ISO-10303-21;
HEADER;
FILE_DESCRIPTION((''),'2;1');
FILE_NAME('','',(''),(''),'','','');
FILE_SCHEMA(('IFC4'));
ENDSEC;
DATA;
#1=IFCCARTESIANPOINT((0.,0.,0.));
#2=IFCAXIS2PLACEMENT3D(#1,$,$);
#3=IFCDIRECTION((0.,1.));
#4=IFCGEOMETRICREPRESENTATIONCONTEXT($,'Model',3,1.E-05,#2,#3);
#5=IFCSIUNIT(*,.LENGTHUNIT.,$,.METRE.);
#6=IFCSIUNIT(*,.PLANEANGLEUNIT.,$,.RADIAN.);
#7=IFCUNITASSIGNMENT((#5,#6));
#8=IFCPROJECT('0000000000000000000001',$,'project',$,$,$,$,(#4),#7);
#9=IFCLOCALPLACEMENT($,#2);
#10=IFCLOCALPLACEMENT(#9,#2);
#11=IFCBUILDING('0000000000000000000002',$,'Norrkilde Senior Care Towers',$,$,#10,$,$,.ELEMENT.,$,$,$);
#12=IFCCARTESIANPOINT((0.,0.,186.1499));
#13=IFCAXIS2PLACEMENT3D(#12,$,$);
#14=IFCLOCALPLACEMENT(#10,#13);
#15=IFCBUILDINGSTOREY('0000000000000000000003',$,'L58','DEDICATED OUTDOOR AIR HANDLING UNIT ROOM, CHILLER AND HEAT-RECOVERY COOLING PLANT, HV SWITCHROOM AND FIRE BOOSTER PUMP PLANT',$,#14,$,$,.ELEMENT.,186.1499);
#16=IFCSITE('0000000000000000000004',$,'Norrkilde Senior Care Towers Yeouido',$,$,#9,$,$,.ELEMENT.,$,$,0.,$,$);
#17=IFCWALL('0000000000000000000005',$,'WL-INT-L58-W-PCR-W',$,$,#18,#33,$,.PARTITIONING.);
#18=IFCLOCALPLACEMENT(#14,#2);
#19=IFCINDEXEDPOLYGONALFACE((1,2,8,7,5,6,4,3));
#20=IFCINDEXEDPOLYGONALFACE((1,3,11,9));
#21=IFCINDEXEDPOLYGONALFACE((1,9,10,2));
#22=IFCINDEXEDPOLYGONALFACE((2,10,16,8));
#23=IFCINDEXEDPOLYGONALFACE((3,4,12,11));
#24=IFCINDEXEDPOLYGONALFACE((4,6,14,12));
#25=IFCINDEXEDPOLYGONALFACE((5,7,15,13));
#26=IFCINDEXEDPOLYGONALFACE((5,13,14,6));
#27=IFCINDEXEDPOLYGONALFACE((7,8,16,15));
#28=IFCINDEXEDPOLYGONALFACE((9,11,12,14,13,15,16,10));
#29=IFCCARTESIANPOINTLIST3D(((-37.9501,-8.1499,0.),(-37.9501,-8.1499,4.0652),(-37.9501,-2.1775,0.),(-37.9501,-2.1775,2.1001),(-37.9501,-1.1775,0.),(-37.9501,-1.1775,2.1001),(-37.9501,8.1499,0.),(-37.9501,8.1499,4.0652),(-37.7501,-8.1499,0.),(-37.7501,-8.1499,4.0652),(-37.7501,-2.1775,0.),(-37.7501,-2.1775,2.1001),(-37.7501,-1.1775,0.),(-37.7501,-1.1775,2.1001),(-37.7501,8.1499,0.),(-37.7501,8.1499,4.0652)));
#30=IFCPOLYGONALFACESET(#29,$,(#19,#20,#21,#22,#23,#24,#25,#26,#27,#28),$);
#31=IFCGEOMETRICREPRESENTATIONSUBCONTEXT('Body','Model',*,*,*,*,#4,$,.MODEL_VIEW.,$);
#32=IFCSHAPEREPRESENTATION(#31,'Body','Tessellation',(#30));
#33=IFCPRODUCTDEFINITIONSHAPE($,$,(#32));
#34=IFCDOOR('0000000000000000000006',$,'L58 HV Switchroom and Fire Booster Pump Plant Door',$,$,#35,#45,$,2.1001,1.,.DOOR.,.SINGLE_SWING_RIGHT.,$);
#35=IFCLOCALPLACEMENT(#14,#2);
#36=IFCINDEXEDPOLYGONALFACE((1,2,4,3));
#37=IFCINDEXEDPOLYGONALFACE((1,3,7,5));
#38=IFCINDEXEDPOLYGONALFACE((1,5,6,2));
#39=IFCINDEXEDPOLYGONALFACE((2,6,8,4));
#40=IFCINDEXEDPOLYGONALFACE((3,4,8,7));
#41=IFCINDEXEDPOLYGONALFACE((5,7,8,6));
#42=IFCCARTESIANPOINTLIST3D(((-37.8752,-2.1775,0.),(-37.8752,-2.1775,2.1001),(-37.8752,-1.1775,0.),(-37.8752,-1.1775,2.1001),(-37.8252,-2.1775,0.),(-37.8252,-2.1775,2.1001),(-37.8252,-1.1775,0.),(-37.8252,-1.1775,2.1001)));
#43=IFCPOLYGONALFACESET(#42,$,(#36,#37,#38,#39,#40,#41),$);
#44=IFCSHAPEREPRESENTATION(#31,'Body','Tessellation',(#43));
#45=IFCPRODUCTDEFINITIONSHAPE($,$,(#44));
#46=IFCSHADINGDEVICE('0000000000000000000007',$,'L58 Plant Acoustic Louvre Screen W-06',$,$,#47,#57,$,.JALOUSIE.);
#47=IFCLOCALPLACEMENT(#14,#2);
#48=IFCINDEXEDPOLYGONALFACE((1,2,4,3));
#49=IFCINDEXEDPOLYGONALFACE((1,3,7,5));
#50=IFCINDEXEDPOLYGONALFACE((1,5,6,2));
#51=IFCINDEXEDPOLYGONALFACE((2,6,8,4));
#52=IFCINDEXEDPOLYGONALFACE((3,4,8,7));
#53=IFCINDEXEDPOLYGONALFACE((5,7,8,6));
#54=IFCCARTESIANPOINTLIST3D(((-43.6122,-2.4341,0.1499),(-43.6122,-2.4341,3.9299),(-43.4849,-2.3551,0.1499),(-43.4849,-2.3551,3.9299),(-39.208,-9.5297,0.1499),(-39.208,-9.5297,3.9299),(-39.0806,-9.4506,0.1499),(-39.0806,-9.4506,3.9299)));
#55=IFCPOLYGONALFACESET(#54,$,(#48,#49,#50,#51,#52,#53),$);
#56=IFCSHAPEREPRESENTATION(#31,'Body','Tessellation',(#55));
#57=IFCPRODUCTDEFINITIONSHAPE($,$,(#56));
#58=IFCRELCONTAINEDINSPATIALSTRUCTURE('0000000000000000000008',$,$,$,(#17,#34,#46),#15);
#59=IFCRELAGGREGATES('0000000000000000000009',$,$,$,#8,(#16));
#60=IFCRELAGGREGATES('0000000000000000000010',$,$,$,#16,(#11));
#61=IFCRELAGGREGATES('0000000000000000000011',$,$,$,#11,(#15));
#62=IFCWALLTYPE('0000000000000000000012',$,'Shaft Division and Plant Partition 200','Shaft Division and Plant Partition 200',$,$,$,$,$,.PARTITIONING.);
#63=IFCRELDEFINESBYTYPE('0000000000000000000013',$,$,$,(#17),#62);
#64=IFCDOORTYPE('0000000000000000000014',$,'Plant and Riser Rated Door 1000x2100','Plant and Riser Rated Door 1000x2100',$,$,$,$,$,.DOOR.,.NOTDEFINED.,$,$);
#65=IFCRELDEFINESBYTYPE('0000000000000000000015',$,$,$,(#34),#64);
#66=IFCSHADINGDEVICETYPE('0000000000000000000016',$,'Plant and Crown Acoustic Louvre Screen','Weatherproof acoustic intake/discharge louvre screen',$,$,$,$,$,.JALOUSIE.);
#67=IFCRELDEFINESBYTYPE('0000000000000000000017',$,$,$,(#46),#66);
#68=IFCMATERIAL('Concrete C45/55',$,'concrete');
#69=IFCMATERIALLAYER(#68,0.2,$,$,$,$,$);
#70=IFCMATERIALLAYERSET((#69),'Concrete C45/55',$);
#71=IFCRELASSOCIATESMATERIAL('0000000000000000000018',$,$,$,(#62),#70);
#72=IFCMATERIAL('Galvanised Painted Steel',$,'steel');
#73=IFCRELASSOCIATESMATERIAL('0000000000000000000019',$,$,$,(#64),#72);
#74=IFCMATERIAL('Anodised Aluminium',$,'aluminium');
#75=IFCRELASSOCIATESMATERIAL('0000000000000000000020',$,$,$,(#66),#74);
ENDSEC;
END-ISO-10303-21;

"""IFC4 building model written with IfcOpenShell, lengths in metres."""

from ifc_helpers import new_model, si_unit, direction, frame, frame_2d, origin, origin_2d, place, context, subcontext, project, spatial, rectangle, extrude, source, transform, mapped, material, layer, layer_set, type_object, type_shapes, element, fill, save


model = new_model("IFC4")

# Units and contexts
model_context = context("Model", 3, precision=1e-05, world=origin(), true_north=direction((0.0, 1.0)))
body_context = subcontext(model_context, "Body", "Model", "MODEL_VIEW")
ifc_project = project(units=[si_unit("LENGTHUNIT", "METRE"), si_unit("PLANEANGLEUNIT", "RADIAN")], contexts=[model_context])

# Site, building, storey
site_placement = place(None, origin())
site = spatial("IfcSite", under=ifc_project, at=site_placement, Name="Norrkilde Senior Care Towers Yeouido", CompositionType="ELEMENT", RefElevation=0.0)
building_placement = place(site_placement, origin())
building = spatial("IfcBuilding", under=site, at=building_placement, Name="Norrkilde Senior Care Towers", CompositionType="ELEMENT")
storey_placement = place(building_placement, frame((0.0, 0.0, 186.1499)))
storey = spatial("IfcBuildingStorey", under=building, at=storey_placement, Name="L58", Description="DEDICATED OUTDOOR AIR HANDLING UNIT ROOM, CHILLER AND HEAT-RECOVERY COOLING PLANT, HV SWITCHROOM AND FIRE BOOSTER PUMP PLANT", CompositionType="ELEMENT", Elevation=186.1499)

# Shared definitions
ifc_material_1 = material(Name="Anodised Aluminium", Category="aluminium")

# Wall, opening, door
ifc_material_2 = material(Name="Concrete C45/55", Category="concrete")
ifc_layer_1 = layer(ifc_material_2, 0.2)
ifc_layer_set_1 = layer_set([ifc_layer_1], Name="Concrete C45/55")
wall_type = type_object("IfcWallType", Name="Shaft Division and Plant Partition 200", Description="Shaft Division and Plant Partition 200", PredefinedType="PARTITIONING", material=ifc_layer_set_1)
shared_shape_1 = source(origin(), body_context, "Body", "SweptSolid", [
    extrude(rectangle(XDim=16.2998, YDim=0.2, at=frame_2d((8.1499, 0.0))), origin(), (0.0, 0.0, 1.0), 4.0652),
])
type_shapes(wall_type, [shared_shape_1])
wall_placement = place(storey_placement, frame((-37.8501, -8.1499, 0.0), z_axis=(0.0, 0.0, 1.0), x_axis=(0.0, 1.0, 0.0)))
wall = element("IfcWall", 1, at=wall_placement, inside=storey, type_object=wall_type, Name="WL-INT-L58-W-PCR-W", PredefinedType="PARTITIONING", context=body_context, shape_type="MappedRepresentation", body=[
    mapped(shared_shape_1, transform((0.0, 0.0, 0.0), x_axis=(1.0, 0.0, 0.0), y_axis=(0.0, 1.0, 0.0), z_axis=(0.0, 0.0, 1.0), scale=1.0)),
])
opening_placement = place(wall_placement, frame((5.9724, 0.0, 0.0)))
opening = element("IfcOpeningElement", 2, at=opening_placement, cuts=wall, PredefinedType="OPENING", context=body_context, shape_type="SweptSolid", body=[
    extrude(rectangle(XDim=1.0, YDim=2.1001, at=frame_2d((0.5, 1.05))), frame((0.0, 0.1099, 0.0), z_axis=(0.0, -1.0, 0.0), x_axis=(1.0, 0.0, 0.0)), (0.0, 0.0, 1.0), 0.22),
])
ifc_material_3 = material(Name="Galvanised Painted Steel", Category="steel")
door_type = type_object("IfcDoorType", Name="Plant and Riser Rated Door 1000x2100", Description="Plant and Riser Rated Door 1000x2100", OperationType="NOTDEFINED", PredefinedType="DOOR", material=ifc_material_3)
shared_shape_2 = source(origin(), body_context, "Body", "SweptSolid", [
    extrude(rectangle(XDim=1.0, YDim=2.1001, at=frame_2d((0.5, 1.05))), frame((0.0, 0.0249, 0.0), z_axis=(0.0, -1.0, 0.0), x_axis=(1.0, 0.0, 0.0)), (0.0, 0.0, 1.0), 0.05),
])
type_shapes(door_type, [shared_shape_2])
door_placement = place(opening_placement, frame((1.0, 0.0, 0.0), z_axis=(0.0, 0.0, 1.0), x_axis=(-1.0, 0.0, 0.0)))
door = element("IfcDoor", 3, at=door_placement, inside=storey, type_object=door_type, Name="L58 HV Switchroom and Fire Booster Pump Plant Door", OperationType="SINGLE_SWING_RIGHT", OverallHeight=2.1001, OverallWidth=1.0, PredefinedType="DOOR", context=body_context, shape_type="MappedRepresentation", body=[
    mapped(shared_shape_2, transform((0.0, 0.0, 0.0), x_axis=(1.0, 0.0, 0.0), y_axis=(0.0, 1.0, 0.0), z_axis=(0.0, 0.0, 1.0), scale=1.0)),
])
fill(opening, door)

# Shading device
shading_device_type = type_object("IfcShadingDeviceType", Name="Plant and Crown Acoustic Louvre Screen", Description="Weatherproof acoustic intake/discharge louvre screen", PredefinedType="JALOUSIE", material=ifc_material_1)
shared_shape_3 = source(origin(), body_context, "Body", "SweptSolid", [
    extrude(rectangle(XDim=8.3513, YDim=0.1499, at=origin_2d()), origin(), (0.0, 0.0, 1.0), 3.78),
])
type_shapes(shading_device_type, [shared_shape_3])
shading_device_placement = place(storey_placement, frame((-41.3464, -5.9424, 0.1499), z_axis=(0.0, 0.0, 1.0), x_axis=(-0.527373, 0.849634, 0.0)))
element("IfcShadingDevice", 4, at=shading_device_placement, inside=storey, type_object=shading_device_type, Name="L58 Plant Acoustic Louvre Screen W-06", PredefinedType="JALOUSIE", context=body_context, shape_type="MappedRepresentation", body=[
    mapped(shared_shape_3, transform((0.0, 0.0, 0.0), x_axis=(1.0, 0.0, 0.0), y_axis=(0.0, 1.0, 0.0), z_axis=(0.0, 0.0, 1.0), scale=1.0)),
])

save(model, "model.ifc")
